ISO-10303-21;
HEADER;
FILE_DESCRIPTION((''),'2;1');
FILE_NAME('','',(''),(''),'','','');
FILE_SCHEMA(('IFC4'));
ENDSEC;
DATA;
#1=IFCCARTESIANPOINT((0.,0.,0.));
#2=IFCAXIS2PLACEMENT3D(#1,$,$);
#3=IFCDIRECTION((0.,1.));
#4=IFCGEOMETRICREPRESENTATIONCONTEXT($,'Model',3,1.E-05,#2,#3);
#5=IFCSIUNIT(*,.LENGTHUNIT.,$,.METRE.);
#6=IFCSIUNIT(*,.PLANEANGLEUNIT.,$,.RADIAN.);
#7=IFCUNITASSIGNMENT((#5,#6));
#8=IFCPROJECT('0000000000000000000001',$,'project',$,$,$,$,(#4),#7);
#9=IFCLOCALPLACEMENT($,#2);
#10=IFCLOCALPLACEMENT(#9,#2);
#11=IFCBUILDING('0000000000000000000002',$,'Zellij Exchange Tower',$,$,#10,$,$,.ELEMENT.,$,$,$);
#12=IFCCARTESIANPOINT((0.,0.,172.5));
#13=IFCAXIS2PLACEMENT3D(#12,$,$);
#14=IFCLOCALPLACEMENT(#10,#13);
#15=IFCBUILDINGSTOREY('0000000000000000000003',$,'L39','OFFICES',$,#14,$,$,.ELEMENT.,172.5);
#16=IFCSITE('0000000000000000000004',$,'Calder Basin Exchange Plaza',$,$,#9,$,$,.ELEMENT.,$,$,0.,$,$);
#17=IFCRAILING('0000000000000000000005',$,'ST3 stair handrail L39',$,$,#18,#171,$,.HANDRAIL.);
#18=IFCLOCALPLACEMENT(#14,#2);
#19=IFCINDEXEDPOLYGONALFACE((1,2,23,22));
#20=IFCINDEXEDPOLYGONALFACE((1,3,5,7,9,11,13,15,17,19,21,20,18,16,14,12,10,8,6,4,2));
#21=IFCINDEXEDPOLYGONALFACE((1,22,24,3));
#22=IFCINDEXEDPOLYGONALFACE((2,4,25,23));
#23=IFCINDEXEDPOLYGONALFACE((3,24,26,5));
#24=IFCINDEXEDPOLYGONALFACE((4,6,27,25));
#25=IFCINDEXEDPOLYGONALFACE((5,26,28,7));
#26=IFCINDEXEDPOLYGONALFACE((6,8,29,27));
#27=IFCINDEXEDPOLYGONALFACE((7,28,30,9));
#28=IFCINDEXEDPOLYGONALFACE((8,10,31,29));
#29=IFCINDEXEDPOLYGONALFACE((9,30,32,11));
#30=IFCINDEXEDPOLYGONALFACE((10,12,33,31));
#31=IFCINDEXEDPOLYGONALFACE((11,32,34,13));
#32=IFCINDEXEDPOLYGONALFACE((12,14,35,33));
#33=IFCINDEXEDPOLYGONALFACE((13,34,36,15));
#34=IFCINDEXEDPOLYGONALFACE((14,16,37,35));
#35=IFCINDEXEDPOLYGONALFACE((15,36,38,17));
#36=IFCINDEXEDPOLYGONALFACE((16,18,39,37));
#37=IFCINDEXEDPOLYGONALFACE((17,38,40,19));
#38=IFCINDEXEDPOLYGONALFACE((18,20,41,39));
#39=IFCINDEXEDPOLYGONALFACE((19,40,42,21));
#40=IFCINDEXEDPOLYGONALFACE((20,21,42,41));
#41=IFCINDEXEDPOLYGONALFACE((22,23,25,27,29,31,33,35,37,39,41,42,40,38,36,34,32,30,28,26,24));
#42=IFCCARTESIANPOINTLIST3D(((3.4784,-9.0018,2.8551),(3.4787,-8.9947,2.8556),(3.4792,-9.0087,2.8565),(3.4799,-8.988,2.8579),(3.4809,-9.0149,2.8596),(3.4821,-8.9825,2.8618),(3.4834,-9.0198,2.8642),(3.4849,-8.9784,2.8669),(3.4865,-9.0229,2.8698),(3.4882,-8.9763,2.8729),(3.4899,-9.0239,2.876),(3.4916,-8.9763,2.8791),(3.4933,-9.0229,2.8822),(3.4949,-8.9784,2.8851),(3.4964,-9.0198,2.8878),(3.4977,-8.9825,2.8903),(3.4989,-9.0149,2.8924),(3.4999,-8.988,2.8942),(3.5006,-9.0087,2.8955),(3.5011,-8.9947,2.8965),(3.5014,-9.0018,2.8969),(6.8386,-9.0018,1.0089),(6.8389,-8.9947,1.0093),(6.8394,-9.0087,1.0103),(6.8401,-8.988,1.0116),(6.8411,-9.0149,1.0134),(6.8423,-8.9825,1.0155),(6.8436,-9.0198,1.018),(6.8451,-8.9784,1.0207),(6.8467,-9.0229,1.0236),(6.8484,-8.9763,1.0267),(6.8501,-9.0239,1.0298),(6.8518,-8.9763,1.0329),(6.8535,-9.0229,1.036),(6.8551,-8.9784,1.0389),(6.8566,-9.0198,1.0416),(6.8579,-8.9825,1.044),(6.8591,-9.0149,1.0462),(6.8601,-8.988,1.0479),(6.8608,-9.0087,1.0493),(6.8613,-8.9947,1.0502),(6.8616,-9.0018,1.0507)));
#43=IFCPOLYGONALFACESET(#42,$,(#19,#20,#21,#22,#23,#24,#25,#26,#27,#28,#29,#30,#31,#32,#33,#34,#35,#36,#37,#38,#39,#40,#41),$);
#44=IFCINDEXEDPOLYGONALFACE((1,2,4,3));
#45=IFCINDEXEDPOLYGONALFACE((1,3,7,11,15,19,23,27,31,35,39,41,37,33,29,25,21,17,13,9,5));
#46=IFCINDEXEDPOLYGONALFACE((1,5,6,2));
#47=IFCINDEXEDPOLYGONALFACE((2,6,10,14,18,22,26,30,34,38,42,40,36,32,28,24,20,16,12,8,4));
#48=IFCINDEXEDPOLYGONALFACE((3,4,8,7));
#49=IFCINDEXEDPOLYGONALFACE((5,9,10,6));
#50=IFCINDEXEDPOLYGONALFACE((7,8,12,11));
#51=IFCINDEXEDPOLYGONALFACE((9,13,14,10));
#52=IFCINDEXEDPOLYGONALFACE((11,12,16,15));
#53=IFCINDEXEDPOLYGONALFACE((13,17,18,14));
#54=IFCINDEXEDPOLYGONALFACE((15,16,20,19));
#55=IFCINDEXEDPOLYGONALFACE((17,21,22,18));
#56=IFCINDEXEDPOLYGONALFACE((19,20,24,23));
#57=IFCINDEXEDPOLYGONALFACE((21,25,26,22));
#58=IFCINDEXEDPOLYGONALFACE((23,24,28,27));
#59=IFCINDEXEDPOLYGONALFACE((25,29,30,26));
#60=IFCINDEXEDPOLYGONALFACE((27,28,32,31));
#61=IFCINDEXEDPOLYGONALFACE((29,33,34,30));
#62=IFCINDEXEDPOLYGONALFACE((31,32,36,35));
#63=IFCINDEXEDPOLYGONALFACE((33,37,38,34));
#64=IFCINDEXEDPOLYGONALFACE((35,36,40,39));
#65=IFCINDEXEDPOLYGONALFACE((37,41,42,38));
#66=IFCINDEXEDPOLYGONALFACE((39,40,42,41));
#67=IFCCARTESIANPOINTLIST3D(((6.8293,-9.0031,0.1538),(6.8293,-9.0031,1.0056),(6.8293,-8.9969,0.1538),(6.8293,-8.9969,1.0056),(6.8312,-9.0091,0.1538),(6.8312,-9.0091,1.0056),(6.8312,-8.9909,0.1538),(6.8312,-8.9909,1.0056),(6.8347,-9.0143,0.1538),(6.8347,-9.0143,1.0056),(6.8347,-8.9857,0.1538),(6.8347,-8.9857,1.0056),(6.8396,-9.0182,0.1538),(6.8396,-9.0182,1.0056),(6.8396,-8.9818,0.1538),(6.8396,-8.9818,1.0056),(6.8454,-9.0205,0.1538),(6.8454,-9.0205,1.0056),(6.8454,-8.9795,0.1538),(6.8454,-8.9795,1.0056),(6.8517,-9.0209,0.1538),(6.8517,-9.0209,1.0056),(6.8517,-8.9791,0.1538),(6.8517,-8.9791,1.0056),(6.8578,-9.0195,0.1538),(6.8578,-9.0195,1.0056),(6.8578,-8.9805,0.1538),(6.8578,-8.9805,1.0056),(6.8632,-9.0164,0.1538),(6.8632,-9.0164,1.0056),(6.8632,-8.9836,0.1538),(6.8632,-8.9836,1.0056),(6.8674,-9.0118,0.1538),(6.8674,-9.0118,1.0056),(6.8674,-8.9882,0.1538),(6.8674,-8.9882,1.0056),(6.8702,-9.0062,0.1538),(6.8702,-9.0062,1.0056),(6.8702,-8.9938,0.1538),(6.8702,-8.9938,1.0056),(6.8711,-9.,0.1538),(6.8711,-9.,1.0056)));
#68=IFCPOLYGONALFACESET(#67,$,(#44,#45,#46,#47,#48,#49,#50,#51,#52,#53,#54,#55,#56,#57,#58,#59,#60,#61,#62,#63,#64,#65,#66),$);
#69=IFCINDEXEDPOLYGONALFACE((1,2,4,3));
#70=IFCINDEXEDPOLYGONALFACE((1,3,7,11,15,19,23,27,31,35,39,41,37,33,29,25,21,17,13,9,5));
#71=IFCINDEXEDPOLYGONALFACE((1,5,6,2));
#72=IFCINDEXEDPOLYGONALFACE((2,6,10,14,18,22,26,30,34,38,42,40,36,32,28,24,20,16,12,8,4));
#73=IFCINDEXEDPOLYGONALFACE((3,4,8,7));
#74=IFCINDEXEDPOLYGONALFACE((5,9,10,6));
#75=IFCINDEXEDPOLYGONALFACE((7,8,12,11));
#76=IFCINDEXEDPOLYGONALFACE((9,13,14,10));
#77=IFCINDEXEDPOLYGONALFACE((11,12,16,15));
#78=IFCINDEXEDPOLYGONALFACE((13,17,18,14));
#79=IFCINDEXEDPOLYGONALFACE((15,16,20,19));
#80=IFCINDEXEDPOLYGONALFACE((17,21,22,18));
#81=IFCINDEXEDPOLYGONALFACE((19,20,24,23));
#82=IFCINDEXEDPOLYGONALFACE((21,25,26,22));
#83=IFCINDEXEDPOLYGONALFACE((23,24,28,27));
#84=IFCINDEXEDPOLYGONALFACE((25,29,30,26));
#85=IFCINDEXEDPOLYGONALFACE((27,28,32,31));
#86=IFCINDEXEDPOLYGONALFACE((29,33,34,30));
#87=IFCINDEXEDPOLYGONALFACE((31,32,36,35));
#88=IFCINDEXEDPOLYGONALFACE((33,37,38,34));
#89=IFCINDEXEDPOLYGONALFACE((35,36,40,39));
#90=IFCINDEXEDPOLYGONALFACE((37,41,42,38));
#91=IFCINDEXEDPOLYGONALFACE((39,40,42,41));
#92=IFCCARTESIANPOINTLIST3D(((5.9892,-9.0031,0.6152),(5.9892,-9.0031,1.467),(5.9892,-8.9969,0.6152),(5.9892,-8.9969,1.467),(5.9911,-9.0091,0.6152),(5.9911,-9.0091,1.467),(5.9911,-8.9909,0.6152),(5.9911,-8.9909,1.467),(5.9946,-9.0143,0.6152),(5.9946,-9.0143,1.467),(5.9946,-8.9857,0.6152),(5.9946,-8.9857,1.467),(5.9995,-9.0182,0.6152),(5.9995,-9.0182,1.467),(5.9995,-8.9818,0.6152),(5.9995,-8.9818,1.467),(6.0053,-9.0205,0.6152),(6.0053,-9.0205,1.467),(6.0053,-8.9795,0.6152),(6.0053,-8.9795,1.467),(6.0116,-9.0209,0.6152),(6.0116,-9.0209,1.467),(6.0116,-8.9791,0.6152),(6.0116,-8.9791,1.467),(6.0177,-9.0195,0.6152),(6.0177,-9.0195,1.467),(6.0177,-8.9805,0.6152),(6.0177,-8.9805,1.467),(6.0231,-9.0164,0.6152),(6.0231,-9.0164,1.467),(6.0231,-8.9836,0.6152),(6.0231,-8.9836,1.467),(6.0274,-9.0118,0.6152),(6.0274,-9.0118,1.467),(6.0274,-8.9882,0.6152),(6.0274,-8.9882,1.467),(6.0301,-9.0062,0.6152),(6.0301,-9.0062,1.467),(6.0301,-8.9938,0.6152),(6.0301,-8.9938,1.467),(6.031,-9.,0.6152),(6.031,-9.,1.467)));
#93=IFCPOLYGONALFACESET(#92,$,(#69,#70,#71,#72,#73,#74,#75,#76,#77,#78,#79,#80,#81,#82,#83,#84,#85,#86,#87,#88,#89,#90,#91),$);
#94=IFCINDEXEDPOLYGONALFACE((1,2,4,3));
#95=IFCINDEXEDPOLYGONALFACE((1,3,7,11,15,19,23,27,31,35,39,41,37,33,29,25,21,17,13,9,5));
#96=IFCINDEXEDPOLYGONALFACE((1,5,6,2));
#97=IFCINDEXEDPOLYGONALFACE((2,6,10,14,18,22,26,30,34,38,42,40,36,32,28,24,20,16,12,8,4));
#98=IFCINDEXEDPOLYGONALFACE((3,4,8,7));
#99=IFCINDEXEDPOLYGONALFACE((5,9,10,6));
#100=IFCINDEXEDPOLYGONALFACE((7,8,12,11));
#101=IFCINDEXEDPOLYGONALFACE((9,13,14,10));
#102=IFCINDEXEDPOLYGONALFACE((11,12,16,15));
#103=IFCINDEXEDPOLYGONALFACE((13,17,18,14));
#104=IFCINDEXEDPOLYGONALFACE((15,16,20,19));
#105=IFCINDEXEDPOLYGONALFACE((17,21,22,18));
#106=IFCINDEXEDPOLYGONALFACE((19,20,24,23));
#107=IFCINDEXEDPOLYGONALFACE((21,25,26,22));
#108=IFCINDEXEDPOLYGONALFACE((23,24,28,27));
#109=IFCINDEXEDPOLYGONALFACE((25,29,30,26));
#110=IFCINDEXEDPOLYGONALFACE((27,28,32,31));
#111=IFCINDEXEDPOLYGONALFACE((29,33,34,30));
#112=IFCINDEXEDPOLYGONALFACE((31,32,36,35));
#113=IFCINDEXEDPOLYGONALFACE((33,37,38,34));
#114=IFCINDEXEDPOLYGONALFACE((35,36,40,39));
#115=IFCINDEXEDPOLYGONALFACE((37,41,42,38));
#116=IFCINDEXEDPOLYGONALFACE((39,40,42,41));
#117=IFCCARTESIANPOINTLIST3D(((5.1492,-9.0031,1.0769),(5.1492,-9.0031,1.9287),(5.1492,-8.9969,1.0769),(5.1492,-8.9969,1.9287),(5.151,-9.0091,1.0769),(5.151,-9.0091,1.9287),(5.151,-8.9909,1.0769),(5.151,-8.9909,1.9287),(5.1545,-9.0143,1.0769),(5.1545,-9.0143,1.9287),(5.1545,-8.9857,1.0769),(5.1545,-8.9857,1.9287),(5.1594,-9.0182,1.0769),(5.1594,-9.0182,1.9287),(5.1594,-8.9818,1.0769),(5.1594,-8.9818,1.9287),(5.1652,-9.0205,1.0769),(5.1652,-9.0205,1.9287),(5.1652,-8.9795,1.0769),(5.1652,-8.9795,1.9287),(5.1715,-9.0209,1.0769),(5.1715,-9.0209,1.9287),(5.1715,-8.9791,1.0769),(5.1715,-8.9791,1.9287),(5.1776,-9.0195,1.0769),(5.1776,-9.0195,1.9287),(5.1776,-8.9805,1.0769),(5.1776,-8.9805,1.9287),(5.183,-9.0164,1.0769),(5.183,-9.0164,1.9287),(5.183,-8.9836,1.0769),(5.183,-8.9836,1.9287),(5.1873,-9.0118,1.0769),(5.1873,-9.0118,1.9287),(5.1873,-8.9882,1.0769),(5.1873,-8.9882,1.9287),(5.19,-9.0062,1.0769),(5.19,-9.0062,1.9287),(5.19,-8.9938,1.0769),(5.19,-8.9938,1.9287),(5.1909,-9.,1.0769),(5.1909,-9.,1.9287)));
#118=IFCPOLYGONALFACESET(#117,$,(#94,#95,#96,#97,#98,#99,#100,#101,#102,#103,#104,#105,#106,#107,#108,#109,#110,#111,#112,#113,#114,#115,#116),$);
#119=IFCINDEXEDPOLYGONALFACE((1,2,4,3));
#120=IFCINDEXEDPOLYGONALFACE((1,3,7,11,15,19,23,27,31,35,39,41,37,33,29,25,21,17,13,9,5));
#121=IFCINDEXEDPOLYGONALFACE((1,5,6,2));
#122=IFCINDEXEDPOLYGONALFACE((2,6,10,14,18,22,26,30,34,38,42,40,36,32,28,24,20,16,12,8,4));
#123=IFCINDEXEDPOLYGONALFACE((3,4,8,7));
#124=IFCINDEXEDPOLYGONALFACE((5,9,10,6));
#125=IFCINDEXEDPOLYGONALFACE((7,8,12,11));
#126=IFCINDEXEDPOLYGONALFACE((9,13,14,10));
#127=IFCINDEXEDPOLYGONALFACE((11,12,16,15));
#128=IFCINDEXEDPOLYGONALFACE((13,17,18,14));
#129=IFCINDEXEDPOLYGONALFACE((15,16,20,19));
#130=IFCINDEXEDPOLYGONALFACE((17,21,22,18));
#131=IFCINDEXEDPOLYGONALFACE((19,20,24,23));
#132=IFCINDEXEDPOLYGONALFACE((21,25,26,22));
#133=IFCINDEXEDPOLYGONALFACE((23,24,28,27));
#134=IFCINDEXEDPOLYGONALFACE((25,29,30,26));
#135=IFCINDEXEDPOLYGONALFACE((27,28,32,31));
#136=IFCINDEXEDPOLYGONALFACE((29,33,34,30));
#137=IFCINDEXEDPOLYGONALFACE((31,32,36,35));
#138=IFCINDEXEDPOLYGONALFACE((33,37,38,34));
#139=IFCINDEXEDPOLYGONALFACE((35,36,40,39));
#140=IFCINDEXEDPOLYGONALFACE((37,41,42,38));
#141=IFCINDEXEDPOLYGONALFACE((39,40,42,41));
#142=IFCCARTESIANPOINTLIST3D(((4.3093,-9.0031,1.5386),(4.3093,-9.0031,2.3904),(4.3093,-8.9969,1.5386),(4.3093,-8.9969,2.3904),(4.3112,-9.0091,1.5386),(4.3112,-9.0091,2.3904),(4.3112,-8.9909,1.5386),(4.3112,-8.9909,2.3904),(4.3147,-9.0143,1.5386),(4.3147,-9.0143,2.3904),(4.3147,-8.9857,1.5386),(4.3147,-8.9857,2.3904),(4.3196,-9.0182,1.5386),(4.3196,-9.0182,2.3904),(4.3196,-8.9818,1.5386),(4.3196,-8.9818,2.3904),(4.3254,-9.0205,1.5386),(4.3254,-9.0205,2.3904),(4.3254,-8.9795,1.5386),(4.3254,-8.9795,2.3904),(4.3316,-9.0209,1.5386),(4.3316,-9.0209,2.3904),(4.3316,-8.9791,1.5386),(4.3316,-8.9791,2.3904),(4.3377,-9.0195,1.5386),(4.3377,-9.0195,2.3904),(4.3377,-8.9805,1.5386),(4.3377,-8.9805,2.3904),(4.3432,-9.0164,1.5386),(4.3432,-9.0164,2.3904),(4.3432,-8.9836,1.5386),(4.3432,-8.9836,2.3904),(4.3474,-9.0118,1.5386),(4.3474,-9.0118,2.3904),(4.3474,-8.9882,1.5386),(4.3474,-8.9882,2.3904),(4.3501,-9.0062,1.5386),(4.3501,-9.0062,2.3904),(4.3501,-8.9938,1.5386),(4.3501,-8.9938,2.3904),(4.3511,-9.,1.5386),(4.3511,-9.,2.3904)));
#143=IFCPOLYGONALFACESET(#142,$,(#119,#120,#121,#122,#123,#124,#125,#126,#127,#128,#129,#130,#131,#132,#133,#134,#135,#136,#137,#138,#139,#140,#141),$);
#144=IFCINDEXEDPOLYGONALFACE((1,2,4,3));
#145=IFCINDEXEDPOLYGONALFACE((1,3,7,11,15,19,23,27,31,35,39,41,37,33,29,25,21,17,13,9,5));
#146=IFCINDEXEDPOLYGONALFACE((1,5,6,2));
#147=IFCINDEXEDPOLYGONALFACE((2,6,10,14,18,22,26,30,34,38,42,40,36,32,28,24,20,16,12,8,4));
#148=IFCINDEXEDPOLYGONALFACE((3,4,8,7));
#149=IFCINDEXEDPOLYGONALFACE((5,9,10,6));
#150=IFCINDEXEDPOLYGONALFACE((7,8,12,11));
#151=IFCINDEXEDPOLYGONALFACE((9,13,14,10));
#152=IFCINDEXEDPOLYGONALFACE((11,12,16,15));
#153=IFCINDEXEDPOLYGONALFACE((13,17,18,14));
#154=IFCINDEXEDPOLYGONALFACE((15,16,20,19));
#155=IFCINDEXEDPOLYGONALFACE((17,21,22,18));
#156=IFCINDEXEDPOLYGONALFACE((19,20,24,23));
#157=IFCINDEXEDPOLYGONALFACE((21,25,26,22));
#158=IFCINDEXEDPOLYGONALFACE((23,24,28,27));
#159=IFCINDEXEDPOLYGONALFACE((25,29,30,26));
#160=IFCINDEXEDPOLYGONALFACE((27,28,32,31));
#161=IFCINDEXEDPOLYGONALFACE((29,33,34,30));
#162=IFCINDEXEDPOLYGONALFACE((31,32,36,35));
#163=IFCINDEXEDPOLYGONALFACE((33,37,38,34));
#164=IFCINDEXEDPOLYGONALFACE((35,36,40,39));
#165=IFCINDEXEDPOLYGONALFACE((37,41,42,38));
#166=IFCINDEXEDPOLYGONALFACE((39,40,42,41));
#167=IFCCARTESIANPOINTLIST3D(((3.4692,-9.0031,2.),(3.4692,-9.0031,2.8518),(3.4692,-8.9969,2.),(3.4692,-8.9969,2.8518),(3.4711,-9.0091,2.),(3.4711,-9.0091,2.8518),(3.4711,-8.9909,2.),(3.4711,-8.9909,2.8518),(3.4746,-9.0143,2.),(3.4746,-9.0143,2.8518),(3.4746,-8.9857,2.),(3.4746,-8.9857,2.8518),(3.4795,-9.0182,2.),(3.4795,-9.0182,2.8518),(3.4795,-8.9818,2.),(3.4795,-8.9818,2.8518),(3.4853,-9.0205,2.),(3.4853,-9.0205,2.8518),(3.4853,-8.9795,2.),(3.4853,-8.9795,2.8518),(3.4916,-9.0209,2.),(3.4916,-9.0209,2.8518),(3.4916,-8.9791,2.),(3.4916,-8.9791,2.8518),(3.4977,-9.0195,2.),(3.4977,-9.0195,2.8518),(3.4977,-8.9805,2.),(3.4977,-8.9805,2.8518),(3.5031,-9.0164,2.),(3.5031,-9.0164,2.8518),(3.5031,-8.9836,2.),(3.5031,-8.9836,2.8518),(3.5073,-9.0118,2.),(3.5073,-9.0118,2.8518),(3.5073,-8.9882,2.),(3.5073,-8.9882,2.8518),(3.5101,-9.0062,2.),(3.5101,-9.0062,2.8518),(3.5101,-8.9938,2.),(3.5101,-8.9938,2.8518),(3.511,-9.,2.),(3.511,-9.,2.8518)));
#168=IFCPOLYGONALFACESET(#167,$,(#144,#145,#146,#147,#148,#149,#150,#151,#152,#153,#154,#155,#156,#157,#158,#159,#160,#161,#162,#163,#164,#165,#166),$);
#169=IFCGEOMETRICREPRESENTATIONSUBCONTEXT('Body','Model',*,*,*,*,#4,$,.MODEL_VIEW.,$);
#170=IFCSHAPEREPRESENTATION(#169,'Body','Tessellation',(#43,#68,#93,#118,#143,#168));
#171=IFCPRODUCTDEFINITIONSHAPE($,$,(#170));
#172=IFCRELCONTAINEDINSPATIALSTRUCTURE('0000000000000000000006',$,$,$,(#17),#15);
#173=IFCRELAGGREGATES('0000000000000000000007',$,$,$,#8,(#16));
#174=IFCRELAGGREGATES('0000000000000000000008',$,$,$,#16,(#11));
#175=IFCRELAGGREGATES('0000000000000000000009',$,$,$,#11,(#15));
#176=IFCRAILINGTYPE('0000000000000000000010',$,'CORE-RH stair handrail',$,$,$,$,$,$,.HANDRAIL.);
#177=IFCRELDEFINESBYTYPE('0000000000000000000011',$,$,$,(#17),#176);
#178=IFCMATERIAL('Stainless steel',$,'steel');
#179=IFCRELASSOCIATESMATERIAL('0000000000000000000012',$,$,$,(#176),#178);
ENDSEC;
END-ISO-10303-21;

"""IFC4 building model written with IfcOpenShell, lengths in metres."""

from ifc_helpers import new_model, si_unit, direction, frame, origin, origin_2d, place, context, subcontext, project, spatial, circle, extrude, material, type_object, element, save


model = new_model("IFC4")

# Units and contexts
model_context = context("Model", 3, precision=1e-05, world=origin(), true_north=direction((0.0, 1.0)))
body_context = subcontext(model_context, "Body", "Model", "MODEL_VIEW")
ifc_project = project(units=[si_unit("LENGTHUNIT", "METRE"), si_unit("PLANEANGLEUNIT", "RADIAN")], contexts=[model_context])

# Site, building, storey
site_placement = place(None, origin())
site = spatial("IfcSite", under=ifc_project, at=site_placement, Name="Calder Basin Exchange Plaza", CompositionType="ELEMENT", RefElevation=0.0)
building_placement = place(site_placement, origin())
building = spatial("IfcBuilding", under=site, at=building_placement, Name="Zellij Exchange Tower", CompositionType="ELEMENT")
storey_placement = place(building_placement, frame((0.0, 0.0, 172.5)))
storey = spatial("IfcBuildingStorey", under=building, at=storey_placement, Name="L39", Description="OFFICES", CompositionType="ELEMENT", Elevation=172.5)

# Railing
ifc_material_1 = material(Name="Stainless steel", Category="steel")
railing_type_1 = type_object("IfcRailingType", Name="CORE-RH stair handrail", PredefinedType="HANDRAIL", material=ifc_material_1)
railing_1_placement = place(storey_placement, frame((6.8501, -9.0, 0.1538)))
element("IfcRailing", 1, at=railing_1_placement, inside=storey, type_object=railing_type_1, Name="ST3 stair handrail L39", PredefinedType="HANDRAIL", context=body_context, shape_type="SweptSolid", body=[
    extrude(circle(Radius=0.0239, at=origin_2d()), frame((0.0, 0.0, 0.876), z_axis=(-0.876422, 0.0, 0.481545), x_axis=(0.0, -1.0, 0.0)), (0.0, 0.0, 1.0), 3.834),
    extrude(circle(Radius=0.021, at=origin_2d()), origin(), (0.0, 0.0, 1.0), 0.8518),
    extrude(circle(Radius=0.021, at=origin_2d()), frame((-0.8401, 0.0, 0.4614)), (0.0, 0.0, 1.0), 0.8518),
    extrude(circle(Radius=0.021, at=origin_2d()), frame((-1.6802, 0.0, 0.9231)), (0.0, 0.0, 1.0), 0.8518),
    extrude(circle(Radius=0.021, at=origin_2d()), frame((-2.52, 0.0, 1.3848)), (0.0, 0.0, 1.0), 0.8518),
    extrude(circle(Radius=0.021, at=origin_2d()), frame((-3.3601, 0.0, 1.8462)), (0.0, 0.0, 1.0), 0.8518),
])

save(model, "model.ifc")
